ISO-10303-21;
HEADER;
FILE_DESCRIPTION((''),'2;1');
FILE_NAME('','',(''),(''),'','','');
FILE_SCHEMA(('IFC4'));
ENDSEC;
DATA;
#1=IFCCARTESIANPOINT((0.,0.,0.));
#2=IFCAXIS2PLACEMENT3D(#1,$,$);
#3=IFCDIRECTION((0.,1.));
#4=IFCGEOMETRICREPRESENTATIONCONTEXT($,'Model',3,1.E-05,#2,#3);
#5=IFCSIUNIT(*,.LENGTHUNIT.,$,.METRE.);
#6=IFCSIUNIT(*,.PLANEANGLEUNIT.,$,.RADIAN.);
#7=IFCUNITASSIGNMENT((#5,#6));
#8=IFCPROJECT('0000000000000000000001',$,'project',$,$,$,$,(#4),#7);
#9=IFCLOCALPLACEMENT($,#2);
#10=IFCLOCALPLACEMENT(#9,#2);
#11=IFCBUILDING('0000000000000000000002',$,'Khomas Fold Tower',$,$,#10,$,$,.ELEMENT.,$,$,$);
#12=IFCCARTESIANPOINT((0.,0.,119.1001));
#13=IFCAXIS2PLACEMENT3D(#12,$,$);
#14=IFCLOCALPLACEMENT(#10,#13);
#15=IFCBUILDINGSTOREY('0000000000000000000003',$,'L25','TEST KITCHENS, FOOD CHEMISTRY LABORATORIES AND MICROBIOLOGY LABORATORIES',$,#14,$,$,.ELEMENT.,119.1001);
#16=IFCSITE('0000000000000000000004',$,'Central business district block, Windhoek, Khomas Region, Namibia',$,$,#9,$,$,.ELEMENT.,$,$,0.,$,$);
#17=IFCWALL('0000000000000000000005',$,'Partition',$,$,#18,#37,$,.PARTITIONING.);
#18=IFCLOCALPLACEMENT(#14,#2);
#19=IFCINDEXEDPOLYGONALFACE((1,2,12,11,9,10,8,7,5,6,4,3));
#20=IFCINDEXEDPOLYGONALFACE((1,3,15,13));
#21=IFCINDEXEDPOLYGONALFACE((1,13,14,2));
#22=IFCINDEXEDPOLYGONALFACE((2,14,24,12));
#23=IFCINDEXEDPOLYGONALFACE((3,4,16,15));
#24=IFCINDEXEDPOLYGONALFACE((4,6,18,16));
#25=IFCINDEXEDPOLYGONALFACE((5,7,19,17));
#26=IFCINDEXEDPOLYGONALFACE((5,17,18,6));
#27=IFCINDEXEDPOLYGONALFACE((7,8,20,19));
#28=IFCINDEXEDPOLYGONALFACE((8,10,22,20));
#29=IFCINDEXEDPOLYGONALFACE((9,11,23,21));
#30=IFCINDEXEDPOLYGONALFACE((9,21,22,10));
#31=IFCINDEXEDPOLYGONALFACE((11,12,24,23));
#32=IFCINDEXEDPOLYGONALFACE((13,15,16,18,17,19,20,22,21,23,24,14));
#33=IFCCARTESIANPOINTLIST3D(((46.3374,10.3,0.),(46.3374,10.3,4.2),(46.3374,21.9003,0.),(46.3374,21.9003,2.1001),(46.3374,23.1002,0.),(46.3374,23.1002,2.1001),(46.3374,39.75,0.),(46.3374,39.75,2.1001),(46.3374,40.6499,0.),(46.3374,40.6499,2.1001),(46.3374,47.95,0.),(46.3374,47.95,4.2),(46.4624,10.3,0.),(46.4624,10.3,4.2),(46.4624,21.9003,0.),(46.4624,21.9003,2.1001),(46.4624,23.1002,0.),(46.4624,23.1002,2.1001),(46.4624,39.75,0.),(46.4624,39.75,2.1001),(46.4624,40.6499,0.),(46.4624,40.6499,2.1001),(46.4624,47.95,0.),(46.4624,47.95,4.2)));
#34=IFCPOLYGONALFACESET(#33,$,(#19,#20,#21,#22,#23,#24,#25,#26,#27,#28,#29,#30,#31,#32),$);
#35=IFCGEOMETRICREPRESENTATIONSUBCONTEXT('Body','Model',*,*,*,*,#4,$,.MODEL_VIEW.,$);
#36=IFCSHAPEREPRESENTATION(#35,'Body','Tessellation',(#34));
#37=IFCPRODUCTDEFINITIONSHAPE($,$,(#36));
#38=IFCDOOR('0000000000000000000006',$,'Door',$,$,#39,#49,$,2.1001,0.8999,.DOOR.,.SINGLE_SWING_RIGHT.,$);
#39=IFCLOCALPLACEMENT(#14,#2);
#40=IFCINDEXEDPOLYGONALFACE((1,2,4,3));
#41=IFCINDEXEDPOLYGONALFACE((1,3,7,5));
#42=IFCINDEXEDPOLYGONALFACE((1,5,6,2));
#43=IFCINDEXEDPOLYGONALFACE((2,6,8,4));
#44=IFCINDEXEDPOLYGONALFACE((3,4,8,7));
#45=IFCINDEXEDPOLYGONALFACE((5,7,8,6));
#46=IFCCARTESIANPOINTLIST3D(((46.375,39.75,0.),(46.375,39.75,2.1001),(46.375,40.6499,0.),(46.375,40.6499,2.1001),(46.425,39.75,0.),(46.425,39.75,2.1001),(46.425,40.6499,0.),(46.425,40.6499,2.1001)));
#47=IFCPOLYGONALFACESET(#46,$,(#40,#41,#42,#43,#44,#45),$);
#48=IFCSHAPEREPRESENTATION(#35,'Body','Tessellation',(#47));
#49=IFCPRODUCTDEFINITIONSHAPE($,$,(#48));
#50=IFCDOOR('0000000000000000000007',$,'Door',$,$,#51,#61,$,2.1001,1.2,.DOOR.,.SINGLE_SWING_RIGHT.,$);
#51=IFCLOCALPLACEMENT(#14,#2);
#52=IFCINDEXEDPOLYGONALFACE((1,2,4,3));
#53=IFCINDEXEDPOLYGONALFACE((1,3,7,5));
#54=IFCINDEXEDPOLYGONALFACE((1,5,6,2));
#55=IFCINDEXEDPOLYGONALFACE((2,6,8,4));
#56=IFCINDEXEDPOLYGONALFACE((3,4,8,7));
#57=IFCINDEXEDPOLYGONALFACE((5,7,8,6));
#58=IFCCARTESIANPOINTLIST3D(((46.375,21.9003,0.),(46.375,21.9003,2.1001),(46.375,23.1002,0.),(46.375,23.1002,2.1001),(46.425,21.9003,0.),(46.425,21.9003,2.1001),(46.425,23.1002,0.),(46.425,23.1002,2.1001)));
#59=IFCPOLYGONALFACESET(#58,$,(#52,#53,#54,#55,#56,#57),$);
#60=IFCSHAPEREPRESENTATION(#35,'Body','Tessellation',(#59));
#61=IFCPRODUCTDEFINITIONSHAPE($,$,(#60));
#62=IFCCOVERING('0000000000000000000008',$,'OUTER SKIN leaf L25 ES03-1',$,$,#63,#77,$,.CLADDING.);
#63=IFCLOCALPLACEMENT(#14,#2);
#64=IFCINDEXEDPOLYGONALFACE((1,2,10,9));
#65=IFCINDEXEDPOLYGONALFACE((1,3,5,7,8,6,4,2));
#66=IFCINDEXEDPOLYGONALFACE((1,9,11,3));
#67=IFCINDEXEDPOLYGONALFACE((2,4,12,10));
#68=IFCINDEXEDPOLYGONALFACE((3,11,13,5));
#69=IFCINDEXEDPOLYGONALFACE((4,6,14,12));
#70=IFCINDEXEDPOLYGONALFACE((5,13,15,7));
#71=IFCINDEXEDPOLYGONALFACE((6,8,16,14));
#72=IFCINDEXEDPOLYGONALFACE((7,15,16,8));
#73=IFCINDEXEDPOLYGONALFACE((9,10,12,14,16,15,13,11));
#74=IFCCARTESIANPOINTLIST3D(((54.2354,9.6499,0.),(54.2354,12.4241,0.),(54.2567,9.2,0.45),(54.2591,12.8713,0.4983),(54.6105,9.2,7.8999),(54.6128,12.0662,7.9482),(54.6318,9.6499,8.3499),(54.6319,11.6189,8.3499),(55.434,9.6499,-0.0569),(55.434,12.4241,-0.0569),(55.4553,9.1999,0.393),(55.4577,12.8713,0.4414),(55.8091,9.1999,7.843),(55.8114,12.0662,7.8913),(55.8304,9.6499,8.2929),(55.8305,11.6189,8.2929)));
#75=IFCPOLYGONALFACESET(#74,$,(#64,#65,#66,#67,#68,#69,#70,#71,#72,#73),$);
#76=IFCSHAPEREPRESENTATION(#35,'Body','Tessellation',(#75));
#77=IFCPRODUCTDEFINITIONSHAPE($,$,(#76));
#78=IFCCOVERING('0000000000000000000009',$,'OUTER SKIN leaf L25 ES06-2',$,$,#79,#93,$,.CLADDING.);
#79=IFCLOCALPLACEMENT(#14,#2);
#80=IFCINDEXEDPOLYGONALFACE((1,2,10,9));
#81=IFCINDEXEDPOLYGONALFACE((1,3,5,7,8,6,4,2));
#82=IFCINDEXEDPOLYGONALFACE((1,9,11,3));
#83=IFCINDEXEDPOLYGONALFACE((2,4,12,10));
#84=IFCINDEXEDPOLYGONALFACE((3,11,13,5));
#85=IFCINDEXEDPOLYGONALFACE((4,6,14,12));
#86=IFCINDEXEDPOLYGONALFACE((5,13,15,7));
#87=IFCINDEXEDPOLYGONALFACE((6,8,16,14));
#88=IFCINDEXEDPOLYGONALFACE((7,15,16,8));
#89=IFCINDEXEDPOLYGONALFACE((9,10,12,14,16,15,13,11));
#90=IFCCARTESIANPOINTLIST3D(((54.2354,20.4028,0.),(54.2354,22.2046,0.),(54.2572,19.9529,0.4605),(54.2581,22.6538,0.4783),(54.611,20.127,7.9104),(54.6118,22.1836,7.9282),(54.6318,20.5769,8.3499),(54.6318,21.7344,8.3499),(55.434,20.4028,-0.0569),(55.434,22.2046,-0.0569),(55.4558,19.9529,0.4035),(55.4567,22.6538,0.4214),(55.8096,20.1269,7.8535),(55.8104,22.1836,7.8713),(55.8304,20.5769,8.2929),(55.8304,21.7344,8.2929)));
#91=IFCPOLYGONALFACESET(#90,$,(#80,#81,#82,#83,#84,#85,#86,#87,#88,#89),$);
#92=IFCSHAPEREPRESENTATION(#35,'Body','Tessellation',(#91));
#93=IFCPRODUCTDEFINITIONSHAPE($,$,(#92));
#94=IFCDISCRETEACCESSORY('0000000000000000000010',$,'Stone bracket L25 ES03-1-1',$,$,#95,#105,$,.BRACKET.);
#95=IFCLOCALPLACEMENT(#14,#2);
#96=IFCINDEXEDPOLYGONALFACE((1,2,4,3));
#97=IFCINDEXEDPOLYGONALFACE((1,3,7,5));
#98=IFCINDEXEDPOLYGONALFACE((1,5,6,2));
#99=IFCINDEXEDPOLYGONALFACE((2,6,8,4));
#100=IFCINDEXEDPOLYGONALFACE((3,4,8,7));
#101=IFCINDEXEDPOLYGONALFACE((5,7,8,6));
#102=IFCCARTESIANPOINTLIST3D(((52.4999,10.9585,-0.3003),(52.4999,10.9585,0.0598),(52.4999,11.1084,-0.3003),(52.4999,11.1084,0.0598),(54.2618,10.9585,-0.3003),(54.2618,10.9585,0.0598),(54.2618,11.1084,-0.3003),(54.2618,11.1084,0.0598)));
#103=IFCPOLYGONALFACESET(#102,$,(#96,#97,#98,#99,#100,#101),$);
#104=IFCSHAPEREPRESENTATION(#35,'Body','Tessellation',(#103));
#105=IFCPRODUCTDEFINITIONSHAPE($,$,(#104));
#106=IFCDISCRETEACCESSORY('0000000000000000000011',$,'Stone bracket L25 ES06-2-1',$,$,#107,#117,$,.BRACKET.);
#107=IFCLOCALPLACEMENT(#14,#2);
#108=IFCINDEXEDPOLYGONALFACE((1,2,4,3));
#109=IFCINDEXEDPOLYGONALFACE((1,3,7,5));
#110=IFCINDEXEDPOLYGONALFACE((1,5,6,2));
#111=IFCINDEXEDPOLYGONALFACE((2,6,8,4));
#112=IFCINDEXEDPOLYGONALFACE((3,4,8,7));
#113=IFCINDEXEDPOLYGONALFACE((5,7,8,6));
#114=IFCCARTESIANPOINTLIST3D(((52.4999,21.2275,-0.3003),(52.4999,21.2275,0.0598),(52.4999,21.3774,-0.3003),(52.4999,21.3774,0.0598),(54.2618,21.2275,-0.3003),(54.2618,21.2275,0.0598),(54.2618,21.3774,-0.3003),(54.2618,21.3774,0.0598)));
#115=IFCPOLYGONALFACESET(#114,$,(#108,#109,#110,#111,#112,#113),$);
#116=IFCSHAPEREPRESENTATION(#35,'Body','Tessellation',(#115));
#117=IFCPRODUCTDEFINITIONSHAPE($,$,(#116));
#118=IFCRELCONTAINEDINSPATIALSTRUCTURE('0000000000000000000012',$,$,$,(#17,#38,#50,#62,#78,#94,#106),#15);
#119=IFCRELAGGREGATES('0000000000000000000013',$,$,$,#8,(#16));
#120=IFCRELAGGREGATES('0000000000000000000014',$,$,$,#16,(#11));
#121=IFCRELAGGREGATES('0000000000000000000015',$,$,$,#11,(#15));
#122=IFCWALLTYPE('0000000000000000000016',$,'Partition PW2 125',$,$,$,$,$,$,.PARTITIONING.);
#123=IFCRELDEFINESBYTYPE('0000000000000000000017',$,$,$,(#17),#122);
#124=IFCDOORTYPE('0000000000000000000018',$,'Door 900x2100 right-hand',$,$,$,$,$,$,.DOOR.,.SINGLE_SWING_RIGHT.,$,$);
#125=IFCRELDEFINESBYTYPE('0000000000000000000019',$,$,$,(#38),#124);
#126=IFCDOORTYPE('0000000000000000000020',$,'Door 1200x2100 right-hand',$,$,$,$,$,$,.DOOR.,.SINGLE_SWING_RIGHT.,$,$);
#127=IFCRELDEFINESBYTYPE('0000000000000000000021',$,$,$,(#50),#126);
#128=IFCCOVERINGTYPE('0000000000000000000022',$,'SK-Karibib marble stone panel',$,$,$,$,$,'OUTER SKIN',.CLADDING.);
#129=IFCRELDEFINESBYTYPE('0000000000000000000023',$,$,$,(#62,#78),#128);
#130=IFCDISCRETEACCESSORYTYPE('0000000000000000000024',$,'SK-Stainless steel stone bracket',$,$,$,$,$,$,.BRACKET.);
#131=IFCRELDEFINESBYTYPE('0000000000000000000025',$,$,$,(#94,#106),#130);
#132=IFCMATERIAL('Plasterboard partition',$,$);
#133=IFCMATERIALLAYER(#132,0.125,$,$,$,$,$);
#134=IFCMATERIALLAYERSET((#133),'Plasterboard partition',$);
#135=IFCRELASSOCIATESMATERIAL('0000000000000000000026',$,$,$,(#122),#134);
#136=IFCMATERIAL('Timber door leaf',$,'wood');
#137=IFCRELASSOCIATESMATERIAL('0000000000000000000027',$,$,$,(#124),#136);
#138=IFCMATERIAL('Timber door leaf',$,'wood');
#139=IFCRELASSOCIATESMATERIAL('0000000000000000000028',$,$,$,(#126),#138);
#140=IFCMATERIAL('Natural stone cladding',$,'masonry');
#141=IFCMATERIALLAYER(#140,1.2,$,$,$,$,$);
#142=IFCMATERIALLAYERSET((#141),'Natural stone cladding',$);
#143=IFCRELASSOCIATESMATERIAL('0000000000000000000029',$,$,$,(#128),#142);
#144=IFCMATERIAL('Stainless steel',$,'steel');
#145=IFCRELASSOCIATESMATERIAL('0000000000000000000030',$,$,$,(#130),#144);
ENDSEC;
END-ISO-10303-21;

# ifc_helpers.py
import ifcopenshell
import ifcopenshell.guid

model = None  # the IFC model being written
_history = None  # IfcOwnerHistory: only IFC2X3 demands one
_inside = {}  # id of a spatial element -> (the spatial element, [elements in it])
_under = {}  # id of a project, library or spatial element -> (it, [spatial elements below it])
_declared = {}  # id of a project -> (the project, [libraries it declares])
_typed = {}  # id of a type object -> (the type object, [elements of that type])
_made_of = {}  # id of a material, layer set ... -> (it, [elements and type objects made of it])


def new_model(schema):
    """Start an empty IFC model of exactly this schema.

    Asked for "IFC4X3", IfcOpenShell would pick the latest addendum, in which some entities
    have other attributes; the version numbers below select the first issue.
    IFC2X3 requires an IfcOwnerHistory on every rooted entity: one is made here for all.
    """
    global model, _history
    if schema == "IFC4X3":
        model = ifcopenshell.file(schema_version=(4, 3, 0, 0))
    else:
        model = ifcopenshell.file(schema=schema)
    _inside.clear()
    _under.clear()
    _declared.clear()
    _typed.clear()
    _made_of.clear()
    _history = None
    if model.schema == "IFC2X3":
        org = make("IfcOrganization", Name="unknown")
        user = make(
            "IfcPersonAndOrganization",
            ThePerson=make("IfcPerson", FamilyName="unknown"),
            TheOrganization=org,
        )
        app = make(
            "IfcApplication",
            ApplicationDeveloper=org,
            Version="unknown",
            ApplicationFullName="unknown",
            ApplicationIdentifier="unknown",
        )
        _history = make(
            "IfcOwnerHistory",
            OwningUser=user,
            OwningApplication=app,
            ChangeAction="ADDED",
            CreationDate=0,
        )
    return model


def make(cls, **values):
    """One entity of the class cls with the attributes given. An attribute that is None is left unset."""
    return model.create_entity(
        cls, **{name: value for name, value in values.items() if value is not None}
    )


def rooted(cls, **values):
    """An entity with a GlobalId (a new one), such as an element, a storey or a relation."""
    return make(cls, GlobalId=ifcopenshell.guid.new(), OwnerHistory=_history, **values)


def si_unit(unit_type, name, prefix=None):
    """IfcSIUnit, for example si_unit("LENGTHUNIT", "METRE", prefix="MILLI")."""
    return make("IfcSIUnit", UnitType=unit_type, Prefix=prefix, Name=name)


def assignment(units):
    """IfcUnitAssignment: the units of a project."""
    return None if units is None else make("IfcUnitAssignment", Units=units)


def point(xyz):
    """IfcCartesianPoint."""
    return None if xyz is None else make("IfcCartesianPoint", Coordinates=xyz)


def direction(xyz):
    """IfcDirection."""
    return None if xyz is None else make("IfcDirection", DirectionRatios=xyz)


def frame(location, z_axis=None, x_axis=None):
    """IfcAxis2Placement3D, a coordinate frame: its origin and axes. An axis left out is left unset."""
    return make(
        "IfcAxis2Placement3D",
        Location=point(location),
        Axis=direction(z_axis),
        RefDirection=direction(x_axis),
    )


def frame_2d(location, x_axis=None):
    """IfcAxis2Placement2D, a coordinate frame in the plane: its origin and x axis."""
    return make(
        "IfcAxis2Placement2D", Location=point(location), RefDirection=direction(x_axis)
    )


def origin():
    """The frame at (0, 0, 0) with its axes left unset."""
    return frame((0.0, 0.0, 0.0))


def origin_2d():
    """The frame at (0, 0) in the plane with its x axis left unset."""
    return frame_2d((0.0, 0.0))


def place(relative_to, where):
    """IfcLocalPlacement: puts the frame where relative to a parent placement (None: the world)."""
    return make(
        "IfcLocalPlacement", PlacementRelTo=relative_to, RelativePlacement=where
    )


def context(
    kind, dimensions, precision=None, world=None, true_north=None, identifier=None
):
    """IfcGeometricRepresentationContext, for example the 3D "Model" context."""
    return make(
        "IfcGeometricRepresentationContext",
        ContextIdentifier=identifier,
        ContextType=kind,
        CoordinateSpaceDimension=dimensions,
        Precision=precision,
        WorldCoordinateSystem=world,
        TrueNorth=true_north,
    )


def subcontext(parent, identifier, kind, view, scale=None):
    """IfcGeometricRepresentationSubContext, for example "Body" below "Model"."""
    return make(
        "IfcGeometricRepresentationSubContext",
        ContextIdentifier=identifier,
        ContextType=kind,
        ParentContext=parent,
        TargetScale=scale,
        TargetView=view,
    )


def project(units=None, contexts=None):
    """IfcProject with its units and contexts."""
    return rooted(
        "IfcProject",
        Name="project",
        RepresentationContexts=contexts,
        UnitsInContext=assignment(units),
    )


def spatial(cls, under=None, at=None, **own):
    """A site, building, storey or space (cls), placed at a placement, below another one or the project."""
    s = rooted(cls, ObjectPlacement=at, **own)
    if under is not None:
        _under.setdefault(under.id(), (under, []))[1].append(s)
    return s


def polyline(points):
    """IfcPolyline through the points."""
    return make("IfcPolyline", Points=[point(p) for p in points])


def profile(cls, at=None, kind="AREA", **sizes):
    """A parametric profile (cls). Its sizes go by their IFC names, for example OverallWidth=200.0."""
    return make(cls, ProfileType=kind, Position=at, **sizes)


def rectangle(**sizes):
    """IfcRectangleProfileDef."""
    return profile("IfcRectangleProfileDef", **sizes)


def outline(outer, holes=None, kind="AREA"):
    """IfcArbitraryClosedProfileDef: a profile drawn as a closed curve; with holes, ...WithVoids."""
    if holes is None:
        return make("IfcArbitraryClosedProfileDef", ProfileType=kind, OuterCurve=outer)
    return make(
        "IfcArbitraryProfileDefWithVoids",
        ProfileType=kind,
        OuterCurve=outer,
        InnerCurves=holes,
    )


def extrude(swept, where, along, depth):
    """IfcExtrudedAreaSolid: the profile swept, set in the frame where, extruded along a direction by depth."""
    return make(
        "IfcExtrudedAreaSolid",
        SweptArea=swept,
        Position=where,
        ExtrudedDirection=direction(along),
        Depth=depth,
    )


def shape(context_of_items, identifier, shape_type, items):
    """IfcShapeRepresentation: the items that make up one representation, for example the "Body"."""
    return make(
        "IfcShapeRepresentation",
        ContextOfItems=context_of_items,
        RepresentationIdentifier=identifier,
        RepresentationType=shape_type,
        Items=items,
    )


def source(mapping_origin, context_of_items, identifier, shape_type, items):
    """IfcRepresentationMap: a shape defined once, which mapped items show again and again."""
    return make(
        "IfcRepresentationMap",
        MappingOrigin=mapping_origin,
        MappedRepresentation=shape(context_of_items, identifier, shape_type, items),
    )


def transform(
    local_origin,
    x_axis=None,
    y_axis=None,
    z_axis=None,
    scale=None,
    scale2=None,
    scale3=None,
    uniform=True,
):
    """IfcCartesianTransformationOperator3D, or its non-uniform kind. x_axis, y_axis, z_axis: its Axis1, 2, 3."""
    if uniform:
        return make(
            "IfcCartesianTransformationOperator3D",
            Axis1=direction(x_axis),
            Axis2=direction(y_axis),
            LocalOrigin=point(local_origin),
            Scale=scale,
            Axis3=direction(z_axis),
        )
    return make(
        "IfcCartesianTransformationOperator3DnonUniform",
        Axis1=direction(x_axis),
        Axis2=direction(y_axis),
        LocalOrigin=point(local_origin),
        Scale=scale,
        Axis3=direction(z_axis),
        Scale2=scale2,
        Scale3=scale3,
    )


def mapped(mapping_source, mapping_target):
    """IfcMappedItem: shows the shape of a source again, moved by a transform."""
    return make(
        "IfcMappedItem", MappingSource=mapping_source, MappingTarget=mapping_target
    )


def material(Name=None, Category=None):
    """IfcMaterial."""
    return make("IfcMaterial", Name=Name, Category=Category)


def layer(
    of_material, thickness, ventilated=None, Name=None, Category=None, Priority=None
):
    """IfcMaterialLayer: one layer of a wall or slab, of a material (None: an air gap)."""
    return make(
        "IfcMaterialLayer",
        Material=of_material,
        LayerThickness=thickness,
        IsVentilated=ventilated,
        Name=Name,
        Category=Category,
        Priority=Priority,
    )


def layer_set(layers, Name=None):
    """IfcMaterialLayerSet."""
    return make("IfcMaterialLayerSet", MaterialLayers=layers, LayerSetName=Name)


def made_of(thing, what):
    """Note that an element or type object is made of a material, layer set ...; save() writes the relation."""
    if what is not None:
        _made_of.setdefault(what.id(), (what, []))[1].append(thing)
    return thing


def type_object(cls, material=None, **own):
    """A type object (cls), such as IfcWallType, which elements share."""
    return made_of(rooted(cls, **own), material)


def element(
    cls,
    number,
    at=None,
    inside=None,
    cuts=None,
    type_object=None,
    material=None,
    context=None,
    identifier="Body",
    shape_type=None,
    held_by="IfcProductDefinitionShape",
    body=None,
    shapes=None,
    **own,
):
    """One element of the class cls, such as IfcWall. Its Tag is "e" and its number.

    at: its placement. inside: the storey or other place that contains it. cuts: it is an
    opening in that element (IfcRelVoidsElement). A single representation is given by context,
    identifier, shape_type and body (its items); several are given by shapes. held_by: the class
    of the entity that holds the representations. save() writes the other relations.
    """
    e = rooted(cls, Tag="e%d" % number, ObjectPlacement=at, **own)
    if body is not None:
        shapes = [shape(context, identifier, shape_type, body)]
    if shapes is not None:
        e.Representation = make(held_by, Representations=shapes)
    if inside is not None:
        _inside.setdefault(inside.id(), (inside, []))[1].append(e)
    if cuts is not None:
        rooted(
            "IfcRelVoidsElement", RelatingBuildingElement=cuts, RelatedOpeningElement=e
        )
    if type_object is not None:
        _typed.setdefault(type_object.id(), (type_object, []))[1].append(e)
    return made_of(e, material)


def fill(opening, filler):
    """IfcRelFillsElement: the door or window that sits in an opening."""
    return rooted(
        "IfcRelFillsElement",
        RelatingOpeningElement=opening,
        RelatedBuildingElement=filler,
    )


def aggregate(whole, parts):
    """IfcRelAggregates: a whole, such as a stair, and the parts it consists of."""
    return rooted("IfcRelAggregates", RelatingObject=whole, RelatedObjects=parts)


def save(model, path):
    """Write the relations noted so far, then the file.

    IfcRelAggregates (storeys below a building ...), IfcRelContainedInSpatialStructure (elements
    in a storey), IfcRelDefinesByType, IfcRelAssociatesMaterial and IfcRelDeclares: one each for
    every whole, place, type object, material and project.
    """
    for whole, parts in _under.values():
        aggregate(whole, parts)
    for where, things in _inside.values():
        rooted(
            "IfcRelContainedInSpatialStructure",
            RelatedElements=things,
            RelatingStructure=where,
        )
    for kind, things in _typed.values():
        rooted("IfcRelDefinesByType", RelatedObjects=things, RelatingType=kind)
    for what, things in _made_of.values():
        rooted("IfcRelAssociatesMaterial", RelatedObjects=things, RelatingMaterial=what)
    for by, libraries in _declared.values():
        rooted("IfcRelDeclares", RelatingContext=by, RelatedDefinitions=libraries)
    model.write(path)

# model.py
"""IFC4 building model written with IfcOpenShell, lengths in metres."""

from ifc_helpers import new_model, si_unit, direction, frame, frame_2d, origin, origin_2d, place, context, subcontext, project, spatial, polyline, rectangle, outline, extrude, source, transform, mapped, material, layer, layer_set, type_object, element, fill, save


model = new_model("IFC4")

# Units and contexts
model_context = context("Model", 3, precision=1e-05, world=origin(), true_north=direction((0.0, 1.0)))
body_context = subcontext(model_context, "Body", "Model", "MODEL_VIEW")
ifc_project = project(units=[si_unit("LENGTHUNIT", "METRE"), si_unit("PLANEANGLEUNIT", "RADIAN")], contexts=[model_context])

# Site, building, storey
site_placement = place(None, origin())
site = spatial("IfcSite", under=ifc_project, at=site_placement, Name="Central business district block, Windhoek, Khomas Region, Namibia", CompositionType="ELEMENT", RefElevation=0.0)
building_placement = place(site_placement, origin())
building = spatial("IfcBuilding", under=site, at=building_placement, Name="Khomas Fold Tower", CompositionType="ELEMENT")
storey_placement = place(building_placement, frame((0.0, 0.0, 119.1001)))
storey = spatial("IfcBuildingStorey", under=building, at=storey_placement, Name="L25", Description="TEST KITCHENS, FOOD CHEMISTRY LABORATORIES AND MICROBIOLOGY LABORATORIES", CompositionType="ELEMENT", Elevation=119.1001)

# Wall, openings, doors
ifc_material_1 = material(Name="Plasterboard partition")
ifc_layer_1 = layer(ifc_material_1, 0.125)
ifc_layer_set_1 = layer_set([ifc_layer_1], Name="Plasterboard partition")
wall_type_1 = type_object("IfcWallType", Name="Partition PW2 125", PredefinedType="PARTITIONING", material=ifc_layer_set_1)
shared_shape_1 = source(origin(), body_context, "Body", "SweptSolid", [
    extrude(rectangle(XDim=37.6499, YDim=0.125, at=frame_2d((18.825, 0.0))), origin(), (0.0, 0.0, 1.0), 4.2),
])
wall_1_placement = place(storey_placement, frame((46.3999, 10.3, 0.0), z_axis=(0.0, 0.0, 1.0), x_axis=(0.0, 1.0, 0.0)))
wall_1 = element("IfcWall", 1, at=wall_1_placement, inside=storey, type_object=wall_type_1, Name="Partition", PredefinedType="PARTITIONING", context=body_context, shape_type="MappedRepresentation", body=[
    mapped(shared_shape_1, transform((0.0, 0.0, 0.0))),
])
shared_shape_2 = source(origin(), body_context, "Body", "SweptSolid", [
    extrude(rectangle(XDim=1.2, YDim=2.1001, at=frame_2d((0.6001, 1.05))), frame((0.0, 0.0725, 0.0), z_axis=(0.0, -1.0, 0.0), x_axis=(1.0, 0.0, 0.0)), (0.0, 0.0, 1.0), 0.145),
])
opening_1_placement = place(wall_1_placement, frame((11.6001, 0.0, 0.0)))
opening_1 = element("IfcOpeningElement", 2, at=opening_1_placement, cuts=wall_1, PredefinedType="OPENING", context=body_context, shape_type="MappedRepresentation", body=[
    mapped(shared_shape_2, transform((0.0, 0.0, 0.0))),
])
shared_shape_3 = source(origin(), body_context, "Body", "SweptSolid", [
    extrude(rectangle(XDim=0.8999, YDim=2.1001, at=frame_2d((0.45, 1.05))), frame((0.0, 0.0725, 0.0), z_axis=(0.0, -1.0, 0.0), x_axis=(1.0, 0.0, 0.0)), (0.0, 0.0, 1.0), 0.145),
])
opening_2_placement = place(wall_1_placement, frame((29.45, 0.0, 0.0)))
opening_2 = element("IfcOpeningElement", 3, at=opening_2_placement, cuts=wall_1, PredefinedType="OPENING", context=body_context, shape_type="MappedRepresentation", body=[
    mapped(shared_shape_3, transform((0.0, 0.0, 0.0))),
])
ifc_material_2 = material(Name="Timber door leaf", Category="wood")
door_type_1 = type_object("IfcDoorType", Name="Door 900x2100 right-hand", OperationType="SINGLE_SWING_RIGHT", PredefinedType="DOOR", material=ifc_material_2)
shared_shape_4 = source(origin(), body_context, "Body", "SweptSolid", [
    extrude(rectangle(XDim=0.8999, YDim=2.1001, at=frame_2d((0.45, 1.05))), frame((0.0, 0.0249, 0.0), z_axis=(0.0, -1.0, 0.0), x_axis=(1.0, 0.0, 0.0)), (0.0, 0.0, 1.0), 0.05),
])
door_1_placement = place(opening_2_placement, origin())
door_1 = element("IfcDoor", 4, at=door_1_placement, inside=storey, type_object=door_type_1, Name="Door", OperationType="SINGLE_SWING_RIGHT", OverallHeight=2.1001, OverallWidth=0.8999, PredefinedType="DOOR", context=body_context, shape_type="MappedRepresentation", body=[
    mapped(shared_shape_4, transform((0.0, 0.0, 0.0))),
])
fill(opening_2, door_1)
ifc_material_3 = material(Name="Timber door leaf", Category="wood")
door_type_2 = type_object("IfcDoorType", Name="Door 1200x2100 right-hand", OperationType="SINGLE_SWING_RIGHT", PredefinedType="DOOR", material=ifc_material_3)
shared_shape_5 = source(origin(), body_context, "Body", "SweptSolid", [
    extrude(rectangle(XDim=1.2, YDim=2.1001, at=frame_2d((0.6001, 1.05))), frame((0.0, 0.0249, 0.0), z_axis=(0.0, -1.0, 0.0), x_axis=(1.0, 0.0, 0.0)), (0.0, 0.0, 1.0), 0.05),
])
door_2_placement = place(opening_1_placement, origin())
door_2 = element("IfcDoor", 5, at=door_2_placement, inside=storey, type_object=door_type_2, Name="Door", OperationType="SINGLE_SWING_RIGHT", OverallHeight=2.1001, OverallWidth=1.2, PredefinedType="DOOR", context=body_context, shape_type="MappedRepresentation", body=[
    mapped(shared_shape_5, transform((0.0, 0.0, 0.0))),
])
fill(opening_1, door_2)

# Coverings
ifc_material_4 = material(Name="Natural stone cladding", Category="masonry")
ifc_layer_2 = layer(ifc_material_4, 1.2)
ifc_layer_set_2 = layer_set([ifc_layer_2], Name="Natural stone cladding")
covering_type = type_object("IfcCoveringType", Name="SK-Karibib marble stone panel", ElementType="OUTER SKIN", PredefinedType="CLADDING", material=ifc_layer_set_2)
covering_1_placement = place(storey_placement, frame((54.6128, 12.0662, 7.9482), z_axis=(-0.998875, 0.000007, 0.047429), x_axis=(-0.047155, 0.107333, -0.993104)))
element("IfcCovering", 6, at=covering_1_placement, inside=storey, type_object=covering_type, Name="OUTER SKIN leaf L25 ES03-1", PredefinedType="CLADDING", context=body_context, shape_type="SweptSolid", body=[
    extrude(outline(polyline([(0.0, 0.0), (7.5017, 0.0), (7.9496, 0.4982), (7.6519, 3.2564), (7.1557, 3.6554), (-0.2595, 2.8548), (-0.6591, 2.3591), (-0.4477, 0.4015), (0.0, 0.0)])), origin(), (0.0, 0.0, -1.0), 1.2),
])
covering_2_placement = place(storey_placement, frame((54.6118, 22.1836, 7.9282), z_axis=(-0.998875, 0.000003, 0.047428), x_axis=(-0.047334, 0.062921, -0.996895)))
element("IfcCovering", 7, at=covering_2_placement, inside=storey, type_object=covering_type, Name="OUTER SKIN leaf L25 ES06-2", PredefinedType="CLADDING", context=body_context, shape_type="SweptSolid", body=[
    extrude(outline(polyline([(0.0, 0.0), (7.4732, 0.0), (7.9227, 0.4785), (7.8094, 2.2766), (7.321, 2.6967), (-0.1116, 2.0537), (-0.5224, 1.5769), (-0.4495, 0.4218), (0.0, 0.0)])), origin(), (0.0, 0.0, -1.0), 1.2),
])

# Discrete accessories
ifc_material_5 = material(Name="Stainless steel", Category="steel")
discrete_accessory_type = type_object("IfcDiscreteAccessoryType", Name="SK-Stainless steel stone bracket", PredefinedType="BRACKET", material=ifc_material_5)
shared_shape_6 = source(origin(), body_context, "Body", "SweptSolid", [
    extrude(rectangle(XDim=1.762, YDim=0.1499, at=origin_2d()), origin(), (0.0, 0.0, 1.0), 0.3601),
])
for number, where, z_axis, x_axis, name in (
    (8, (53.3809, 11.0334, -0.3003), (0.0, 0.0, 1.0), (1.0, 0.0, 0.0), "Stone bracket L25 ES03-1-1"),
    (9, (53.3809, 21.3025, -0.3003), (0.0, 0.0, 1.0), (1.0, 0.0, 0.0), "Stone bracket L25 ES06-2-1"),
):
    element("IfcDiscreteAccessory", number, at=place(storey_placement, frame(where, z_axis=z_axis, x_axis=x_axis)), inside=storey, type_object=discrete_accessory_type, Name=name, PredefinedType="BRACKET", context=body_context, shape_type="MappedRepresentation", body=[
        mapped(shared_shape_6, transform((0.0, 0.0, 0.0))),
    ])

save(model, "model.ifc")
